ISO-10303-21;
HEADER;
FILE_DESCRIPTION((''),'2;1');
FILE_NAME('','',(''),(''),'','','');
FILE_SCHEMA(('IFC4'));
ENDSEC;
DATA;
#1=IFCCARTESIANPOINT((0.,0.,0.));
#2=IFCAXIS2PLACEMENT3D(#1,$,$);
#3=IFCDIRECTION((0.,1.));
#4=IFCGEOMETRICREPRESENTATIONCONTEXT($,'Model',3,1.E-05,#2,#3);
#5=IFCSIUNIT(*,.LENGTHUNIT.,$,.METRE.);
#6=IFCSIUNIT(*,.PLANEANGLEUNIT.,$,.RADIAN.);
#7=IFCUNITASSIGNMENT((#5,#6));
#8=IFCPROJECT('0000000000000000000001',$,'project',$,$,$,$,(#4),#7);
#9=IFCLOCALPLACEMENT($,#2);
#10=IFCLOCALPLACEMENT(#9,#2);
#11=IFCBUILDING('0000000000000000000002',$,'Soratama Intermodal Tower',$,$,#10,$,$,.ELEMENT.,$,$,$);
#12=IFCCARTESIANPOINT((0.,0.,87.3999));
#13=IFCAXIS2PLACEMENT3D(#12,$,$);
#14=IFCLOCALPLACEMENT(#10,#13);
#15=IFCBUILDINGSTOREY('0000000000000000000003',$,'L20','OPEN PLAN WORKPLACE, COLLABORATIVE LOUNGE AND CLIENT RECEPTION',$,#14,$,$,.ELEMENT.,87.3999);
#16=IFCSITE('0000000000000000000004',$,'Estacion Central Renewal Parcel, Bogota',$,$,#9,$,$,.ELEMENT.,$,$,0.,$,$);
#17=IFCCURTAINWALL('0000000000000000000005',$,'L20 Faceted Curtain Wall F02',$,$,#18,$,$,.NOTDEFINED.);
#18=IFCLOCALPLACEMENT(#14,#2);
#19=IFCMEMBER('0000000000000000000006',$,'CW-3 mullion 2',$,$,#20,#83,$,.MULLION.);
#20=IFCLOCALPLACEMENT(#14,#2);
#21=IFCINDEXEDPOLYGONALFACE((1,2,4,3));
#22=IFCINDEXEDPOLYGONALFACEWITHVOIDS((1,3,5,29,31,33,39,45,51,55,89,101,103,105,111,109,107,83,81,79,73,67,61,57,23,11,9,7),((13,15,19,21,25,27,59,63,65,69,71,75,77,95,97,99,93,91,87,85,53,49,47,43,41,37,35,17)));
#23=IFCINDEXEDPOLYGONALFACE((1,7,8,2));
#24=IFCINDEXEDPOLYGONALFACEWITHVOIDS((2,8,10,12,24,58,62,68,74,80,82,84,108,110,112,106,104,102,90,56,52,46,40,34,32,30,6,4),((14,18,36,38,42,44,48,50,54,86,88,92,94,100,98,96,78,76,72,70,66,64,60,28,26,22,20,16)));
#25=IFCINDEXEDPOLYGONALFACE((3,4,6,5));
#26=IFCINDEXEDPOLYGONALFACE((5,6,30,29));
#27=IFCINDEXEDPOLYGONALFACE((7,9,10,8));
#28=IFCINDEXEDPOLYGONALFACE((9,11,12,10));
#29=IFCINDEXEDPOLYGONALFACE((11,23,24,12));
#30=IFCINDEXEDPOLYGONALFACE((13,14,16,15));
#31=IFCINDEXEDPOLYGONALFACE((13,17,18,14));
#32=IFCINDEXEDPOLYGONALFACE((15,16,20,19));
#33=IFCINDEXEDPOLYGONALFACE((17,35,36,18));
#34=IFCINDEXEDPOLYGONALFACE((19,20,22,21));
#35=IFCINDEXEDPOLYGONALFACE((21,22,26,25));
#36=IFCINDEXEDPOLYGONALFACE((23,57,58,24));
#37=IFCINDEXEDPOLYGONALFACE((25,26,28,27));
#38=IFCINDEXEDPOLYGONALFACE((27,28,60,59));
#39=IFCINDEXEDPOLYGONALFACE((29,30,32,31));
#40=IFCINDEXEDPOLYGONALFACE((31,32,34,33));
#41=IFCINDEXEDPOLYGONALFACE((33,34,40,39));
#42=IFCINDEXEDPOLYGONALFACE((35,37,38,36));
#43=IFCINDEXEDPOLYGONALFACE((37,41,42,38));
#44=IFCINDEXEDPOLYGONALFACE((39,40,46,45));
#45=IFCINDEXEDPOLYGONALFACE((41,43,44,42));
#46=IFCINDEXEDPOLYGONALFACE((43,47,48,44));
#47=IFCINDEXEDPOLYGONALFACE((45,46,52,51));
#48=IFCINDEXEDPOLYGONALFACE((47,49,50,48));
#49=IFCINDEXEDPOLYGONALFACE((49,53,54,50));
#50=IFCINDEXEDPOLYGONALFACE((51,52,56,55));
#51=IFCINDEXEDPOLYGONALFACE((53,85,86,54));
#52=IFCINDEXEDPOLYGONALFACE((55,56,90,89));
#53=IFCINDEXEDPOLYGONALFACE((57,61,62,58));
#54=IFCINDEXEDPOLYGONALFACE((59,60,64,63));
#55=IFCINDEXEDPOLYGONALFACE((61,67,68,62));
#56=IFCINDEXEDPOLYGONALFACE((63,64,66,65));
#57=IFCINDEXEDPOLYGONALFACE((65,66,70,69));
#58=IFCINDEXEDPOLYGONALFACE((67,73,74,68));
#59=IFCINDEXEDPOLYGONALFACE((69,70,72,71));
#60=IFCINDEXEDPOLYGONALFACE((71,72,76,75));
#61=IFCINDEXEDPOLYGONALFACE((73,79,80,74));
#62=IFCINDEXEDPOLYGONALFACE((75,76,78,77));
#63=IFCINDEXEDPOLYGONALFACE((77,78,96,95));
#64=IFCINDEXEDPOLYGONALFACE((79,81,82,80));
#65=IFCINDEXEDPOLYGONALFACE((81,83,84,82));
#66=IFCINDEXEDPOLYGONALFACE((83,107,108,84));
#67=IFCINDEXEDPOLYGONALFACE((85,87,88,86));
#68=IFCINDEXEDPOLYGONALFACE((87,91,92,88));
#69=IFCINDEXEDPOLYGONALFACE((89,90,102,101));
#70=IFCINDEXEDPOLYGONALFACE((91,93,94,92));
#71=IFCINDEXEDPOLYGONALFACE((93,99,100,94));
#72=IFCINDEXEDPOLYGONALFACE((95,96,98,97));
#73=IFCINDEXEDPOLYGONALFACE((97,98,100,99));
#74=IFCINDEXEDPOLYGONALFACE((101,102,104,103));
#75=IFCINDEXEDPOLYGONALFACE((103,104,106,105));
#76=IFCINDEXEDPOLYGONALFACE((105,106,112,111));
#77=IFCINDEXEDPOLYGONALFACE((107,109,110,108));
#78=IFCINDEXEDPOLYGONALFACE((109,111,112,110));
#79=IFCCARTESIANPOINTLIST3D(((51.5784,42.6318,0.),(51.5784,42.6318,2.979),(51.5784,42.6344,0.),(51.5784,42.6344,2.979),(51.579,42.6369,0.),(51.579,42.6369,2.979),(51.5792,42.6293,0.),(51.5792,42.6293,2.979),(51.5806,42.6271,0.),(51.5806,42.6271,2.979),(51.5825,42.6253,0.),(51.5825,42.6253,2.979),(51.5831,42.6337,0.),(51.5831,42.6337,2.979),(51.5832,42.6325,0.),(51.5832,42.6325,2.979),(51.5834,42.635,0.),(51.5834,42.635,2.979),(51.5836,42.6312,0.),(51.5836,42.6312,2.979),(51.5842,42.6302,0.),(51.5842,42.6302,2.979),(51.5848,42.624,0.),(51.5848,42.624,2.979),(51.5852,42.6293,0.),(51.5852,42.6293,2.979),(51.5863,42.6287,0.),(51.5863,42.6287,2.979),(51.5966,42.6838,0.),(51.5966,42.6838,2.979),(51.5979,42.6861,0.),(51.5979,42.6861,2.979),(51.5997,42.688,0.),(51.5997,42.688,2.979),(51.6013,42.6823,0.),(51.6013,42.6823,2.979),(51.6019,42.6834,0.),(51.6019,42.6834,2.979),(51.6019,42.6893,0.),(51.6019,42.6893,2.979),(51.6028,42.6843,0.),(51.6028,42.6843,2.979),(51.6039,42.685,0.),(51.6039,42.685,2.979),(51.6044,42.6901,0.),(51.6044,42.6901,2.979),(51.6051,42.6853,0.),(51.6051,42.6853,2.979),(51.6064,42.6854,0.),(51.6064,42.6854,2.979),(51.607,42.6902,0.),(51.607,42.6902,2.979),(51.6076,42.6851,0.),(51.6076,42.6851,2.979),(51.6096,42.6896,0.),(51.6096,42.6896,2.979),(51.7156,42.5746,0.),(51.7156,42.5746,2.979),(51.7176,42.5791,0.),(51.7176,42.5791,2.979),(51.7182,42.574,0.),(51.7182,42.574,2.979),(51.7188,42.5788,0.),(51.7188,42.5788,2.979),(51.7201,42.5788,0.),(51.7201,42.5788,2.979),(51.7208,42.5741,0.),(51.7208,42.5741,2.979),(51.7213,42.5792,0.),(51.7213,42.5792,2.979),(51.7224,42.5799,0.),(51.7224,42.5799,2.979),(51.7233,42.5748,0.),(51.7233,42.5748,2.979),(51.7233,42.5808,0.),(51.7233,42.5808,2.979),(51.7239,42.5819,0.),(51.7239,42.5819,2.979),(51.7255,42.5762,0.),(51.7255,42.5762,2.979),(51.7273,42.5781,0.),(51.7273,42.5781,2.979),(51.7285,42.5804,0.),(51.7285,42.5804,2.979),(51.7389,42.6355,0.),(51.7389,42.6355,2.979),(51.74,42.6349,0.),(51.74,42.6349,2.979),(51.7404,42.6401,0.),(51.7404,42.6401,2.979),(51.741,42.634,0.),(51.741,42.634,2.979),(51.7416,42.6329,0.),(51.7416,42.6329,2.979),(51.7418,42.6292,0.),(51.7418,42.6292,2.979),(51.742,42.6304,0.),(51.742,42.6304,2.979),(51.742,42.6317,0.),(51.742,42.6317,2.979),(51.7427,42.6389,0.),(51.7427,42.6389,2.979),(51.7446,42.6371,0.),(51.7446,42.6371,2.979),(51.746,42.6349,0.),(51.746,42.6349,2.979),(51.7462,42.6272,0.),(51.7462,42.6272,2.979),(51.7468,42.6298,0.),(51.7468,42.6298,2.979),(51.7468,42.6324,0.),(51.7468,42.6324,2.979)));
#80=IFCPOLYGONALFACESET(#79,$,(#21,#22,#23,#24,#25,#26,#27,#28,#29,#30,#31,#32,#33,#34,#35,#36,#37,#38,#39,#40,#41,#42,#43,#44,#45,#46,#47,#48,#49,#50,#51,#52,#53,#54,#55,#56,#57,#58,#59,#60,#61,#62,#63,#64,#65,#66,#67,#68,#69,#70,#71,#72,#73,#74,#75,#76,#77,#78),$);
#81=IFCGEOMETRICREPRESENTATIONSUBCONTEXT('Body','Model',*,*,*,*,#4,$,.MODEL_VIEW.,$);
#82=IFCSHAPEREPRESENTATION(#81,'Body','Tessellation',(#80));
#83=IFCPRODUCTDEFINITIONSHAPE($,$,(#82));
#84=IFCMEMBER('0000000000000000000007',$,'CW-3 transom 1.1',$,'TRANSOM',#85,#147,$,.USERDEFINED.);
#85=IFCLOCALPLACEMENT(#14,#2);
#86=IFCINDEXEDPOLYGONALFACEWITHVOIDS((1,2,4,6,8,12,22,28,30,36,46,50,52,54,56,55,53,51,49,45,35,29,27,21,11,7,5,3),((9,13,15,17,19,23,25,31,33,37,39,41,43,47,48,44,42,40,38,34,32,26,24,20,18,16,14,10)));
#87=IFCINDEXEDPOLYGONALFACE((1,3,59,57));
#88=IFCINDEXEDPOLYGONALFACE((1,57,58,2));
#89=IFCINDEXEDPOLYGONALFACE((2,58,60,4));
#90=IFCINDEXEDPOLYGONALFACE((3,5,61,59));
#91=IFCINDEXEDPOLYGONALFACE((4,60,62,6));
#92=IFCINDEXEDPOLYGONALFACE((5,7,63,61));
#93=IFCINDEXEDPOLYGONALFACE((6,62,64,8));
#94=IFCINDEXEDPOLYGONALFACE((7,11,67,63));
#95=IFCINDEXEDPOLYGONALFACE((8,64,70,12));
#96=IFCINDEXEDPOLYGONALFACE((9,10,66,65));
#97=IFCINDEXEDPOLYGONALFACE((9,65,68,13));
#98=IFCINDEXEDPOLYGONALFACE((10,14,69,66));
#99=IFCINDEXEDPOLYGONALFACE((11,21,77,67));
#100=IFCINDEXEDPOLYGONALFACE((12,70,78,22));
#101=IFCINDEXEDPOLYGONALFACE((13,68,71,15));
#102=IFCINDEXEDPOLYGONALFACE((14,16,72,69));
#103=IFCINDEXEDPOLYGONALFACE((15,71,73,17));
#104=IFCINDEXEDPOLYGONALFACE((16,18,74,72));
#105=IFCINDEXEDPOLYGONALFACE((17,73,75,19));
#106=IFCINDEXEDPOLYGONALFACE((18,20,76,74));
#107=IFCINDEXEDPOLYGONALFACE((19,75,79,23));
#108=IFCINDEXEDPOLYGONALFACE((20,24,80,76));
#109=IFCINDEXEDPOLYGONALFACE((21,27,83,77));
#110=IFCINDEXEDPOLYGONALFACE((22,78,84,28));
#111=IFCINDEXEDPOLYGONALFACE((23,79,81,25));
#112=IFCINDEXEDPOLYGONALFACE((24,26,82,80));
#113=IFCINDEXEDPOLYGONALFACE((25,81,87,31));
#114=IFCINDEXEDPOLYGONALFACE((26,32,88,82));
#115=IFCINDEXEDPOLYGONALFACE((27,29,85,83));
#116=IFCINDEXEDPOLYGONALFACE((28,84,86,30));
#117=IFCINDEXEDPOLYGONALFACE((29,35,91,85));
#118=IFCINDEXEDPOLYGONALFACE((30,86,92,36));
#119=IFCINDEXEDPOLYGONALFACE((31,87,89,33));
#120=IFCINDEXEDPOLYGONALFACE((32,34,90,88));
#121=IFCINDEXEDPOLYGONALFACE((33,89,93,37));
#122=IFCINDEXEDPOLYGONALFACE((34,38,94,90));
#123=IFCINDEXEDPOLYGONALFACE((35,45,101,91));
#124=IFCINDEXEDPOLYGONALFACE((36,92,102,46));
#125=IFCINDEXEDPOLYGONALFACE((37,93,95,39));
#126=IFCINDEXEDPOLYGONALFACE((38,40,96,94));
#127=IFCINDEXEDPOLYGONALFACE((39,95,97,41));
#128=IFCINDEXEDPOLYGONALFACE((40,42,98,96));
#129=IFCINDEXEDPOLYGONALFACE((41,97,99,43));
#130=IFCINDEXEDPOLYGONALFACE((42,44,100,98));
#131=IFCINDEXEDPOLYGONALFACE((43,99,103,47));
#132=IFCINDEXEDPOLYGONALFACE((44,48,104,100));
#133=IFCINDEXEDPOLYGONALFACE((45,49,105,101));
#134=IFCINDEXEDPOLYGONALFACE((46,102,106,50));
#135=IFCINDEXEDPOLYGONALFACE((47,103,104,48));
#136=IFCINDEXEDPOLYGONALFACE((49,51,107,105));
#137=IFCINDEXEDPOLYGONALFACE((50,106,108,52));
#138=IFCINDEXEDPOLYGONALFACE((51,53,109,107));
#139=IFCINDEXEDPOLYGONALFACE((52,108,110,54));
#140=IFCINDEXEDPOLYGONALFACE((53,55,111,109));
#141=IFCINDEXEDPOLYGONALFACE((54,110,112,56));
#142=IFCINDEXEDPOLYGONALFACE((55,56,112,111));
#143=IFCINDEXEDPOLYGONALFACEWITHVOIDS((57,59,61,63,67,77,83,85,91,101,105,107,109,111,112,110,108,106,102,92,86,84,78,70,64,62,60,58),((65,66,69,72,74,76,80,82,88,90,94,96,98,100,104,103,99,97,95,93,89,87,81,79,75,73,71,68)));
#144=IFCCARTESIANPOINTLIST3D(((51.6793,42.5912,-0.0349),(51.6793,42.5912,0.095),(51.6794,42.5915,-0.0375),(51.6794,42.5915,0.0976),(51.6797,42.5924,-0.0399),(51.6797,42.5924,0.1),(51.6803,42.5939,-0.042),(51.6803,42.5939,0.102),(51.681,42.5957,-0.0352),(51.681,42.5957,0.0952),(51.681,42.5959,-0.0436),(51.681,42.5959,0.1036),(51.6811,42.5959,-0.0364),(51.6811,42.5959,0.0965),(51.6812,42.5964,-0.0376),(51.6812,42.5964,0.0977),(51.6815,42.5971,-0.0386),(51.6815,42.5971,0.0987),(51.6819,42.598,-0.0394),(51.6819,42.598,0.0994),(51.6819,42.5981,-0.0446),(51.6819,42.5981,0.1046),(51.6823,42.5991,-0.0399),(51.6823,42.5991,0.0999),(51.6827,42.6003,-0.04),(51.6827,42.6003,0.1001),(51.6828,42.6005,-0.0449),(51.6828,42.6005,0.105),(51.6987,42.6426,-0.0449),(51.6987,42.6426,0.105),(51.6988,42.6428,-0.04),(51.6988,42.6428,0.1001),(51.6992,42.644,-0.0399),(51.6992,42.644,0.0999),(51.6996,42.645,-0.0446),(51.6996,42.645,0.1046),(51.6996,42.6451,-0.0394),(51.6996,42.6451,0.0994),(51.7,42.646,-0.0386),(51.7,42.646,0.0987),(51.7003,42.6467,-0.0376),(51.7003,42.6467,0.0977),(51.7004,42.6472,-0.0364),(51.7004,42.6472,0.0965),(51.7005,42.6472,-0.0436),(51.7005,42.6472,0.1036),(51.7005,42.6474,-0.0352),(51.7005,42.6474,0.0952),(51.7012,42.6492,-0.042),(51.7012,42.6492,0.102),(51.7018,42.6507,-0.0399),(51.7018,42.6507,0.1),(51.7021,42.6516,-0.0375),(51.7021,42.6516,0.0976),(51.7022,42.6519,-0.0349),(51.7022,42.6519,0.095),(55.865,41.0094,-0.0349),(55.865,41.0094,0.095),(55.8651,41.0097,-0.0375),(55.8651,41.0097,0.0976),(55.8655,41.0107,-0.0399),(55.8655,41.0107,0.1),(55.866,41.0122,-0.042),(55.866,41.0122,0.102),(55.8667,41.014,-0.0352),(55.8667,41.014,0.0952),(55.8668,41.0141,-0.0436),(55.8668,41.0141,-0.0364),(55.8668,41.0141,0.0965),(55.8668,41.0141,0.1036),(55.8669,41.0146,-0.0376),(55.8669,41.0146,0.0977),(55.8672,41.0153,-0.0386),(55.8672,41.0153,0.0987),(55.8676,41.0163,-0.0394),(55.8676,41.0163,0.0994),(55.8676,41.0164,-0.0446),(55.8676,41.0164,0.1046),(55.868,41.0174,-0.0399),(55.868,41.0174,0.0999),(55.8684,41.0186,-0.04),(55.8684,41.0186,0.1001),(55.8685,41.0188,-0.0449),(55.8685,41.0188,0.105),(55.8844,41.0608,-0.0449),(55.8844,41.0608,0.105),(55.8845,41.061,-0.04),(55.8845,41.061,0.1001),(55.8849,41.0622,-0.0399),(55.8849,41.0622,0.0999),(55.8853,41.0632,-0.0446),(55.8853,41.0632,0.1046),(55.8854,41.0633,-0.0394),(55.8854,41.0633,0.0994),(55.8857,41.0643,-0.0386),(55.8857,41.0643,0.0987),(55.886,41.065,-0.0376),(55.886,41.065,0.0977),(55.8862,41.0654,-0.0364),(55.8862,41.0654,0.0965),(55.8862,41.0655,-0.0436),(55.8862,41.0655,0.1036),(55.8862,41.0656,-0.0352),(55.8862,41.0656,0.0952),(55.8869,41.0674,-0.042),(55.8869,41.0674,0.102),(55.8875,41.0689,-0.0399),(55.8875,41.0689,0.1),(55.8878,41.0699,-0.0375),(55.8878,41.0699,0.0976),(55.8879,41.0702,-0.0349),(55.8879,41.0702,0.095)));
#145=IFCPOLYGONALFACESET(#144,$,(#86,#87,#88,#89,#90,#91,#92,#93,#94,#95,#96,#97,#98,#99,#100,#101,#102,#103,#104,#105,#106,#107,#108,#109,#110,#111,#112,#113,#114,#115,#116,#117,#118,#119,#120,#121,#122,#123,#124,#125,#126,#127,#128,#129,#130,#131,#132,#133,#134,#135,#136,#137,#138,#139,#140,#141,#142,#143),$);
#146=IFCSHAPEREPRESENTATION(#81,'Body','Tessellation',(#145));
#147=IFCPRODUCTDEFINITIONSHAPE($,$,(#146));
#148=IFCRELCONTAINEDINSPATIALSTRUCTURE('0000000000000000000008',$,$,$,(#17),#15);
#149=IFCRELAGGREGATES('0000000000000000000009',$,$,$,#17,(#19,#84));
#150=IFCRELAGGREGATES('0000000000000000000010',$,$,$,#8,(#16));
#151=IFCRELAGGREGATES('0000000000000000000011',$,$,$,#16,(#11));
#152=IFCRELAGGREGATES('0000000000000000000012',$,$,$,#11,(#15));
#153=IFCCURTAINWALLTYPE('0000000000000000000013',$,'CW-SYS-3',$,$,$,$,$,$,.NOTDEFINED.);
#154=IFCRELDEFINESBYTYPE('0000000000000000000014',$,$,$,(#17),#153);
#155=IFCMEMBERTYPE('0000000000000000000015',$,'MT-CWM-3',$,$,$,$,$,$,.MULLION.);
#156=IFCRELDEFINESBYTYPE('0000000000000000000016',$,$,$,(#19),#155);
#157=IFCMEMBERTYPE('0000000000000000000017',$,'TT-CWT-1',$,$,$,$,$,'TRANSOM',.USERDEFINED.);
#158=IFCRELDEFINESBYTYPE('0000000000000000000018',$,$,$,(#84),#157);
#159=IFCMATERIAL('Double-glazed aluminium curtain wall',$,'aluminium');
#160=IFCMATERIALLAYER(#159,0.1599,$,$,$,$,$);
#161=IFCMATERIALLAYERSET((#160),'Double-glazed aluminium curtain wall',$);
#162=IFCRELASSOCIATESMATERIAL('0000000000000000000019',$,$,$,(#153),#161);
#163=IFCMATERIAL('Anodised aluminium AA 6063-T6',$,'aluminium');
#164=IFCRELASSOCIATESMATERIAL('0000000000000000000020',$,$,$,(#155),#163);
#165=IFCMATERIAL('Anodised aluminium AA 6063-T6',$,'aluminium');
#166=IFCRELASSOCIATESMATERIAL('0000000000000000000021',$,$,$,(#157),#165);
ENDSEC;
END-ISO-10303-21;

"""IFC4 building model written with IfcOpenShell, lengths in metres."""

from ifc_helpers import new_model, si_unit, direction, frame, origin, origin_2d, place, context, subcontext, project, spatial, hollow_rectangle, extrude, material, layer, layer_set, material_profile, profile_set, type_object, element, aggregate, save


model = new_model("IFC4")

# Units and contexts
model_context = context("Model", 3, precision=1e-05, world=origin(), true_north=direction((0.0, 1.0)))
body_context = subcontext(model_context, "Body", "Model", "MODEL_VIEW")
ifc_project = project(units=[si_unit("LENGTHUNIT", "METRE"), si_unit("PLANEANGLEUNIT", "RADIAN")], contexts=[model_context])

# Site, building, storey
site_placement = place(None, origin())
site = spatial("IfcSite", under=ifc_project, at=site_placement, Name="Estacion Central Renewal Parcel, Bogota", CompositionType="ELEMENT", RefElevation=0.0)
building_placement = place(site_placement, origin())
building = spatial("IfcBuilding", under=site, at=building_placement, Name="Soratama Intermodal Tower", CompositionType="ELEMENT")
storey_placement = place(building_placement, frame((0.0, 0.0, 87.3999)))
storey = spatial("IfcBuildingStorey", under=building, at=storey_placement, Name="L20", Description="OPEN PLAN WORKPLACE, COLLABORATIVE LOUNGE AND CLIENT RECEPTION", CompositionType="ELEMENT", Elevation=87.3999)

# Shared definitions
ifc_material_1 = material(Name="Double-glazed aluminium curtain wall", Category="aluminium")
ifc_layer_1 = layer(ifc_material_1, 0.1599)
ifc_layer_set_1 = layer_set([ifc_layer_1], Name="Double-glazed aluminium curtain wall")
curtain_wall_type = type_object("IfcCurtainWallType", Name="CW-SYS-3", PredefinedType="NOTDEFINED", material=ifc_layer_set_1)
ifc_material_2 = material(Name="Anodised aluminium AA 6063-T6", Category="aluminium")
ifc_material_profile_1 = material_profile(ifc_material_2, hollow_rectangle(XDim=0.0701, YDim=0.1599, WallThickness=0.0049, InnerFilletRadius=0.0049, OuterFilletRadius=0.01, at=origin_2d()), Name="CWM160X70X5")
ifc_profile_set_1 = profile_set([ifc_material_profile_1], Name="Anodised aluminium AA 6063-T6")
member_type_1 = type_object("IfcMemberType", Name="MT-CWM-3", PredefinedType="MULLION", material=ifc_profile_set_1)

# Curtain wall, members
curtain_wall_1_placement = place(storey_placement, origin())
curtain_wall_1 = element("IfcCurtainWall", 1, at=curtain_wall_1_placement, inside=storey, type_object=curtain_wall_type, Name="L20 Faceted Curtain Wall F02", PredefinedType="NOTDEFINED")
member_1_placement = place(storey_placement, frame((51.6626, 42.6321, 0.0), z_axis=(0.0, 0.0, 1.0), x_axis=(-0.353468, -0.935447, 0.0)))
member_1 = element("IfcMember", 2, at=member_1_placement, type_object=member_type_1, Name="CW-3 mullion 2", PredefinedType="MULLION", context=body_context, shape_type="SweptSolid", body=[
    extrude(hollow_rectangle(XDim=0.0701, YDim=0.1599, WallThickness=0.0049, InnerFilletRadius=0.0049, OuterFilletRadius=0.01, at=origin_2d()), origin(), (0.0, 0.0, 1.0), 2.979),
])
ifc_material_3 = material(Name="Anodised aluminium AA 6063-T6", Category="aluminium")
ifc_material_profile_2 = material_profile(ifc_material_3, hollow_rectangle(XDim=0.0649, YDim=0.1499, WallThickness=0.0049, InnerFilletRadius=0.0049, OuterFilletRadius=0.01, at=origin_2d()), Name="CWT150X65X5")
ifc_profile_set_2 = profile_set([ifc_material_profile_2], Name="Anodised aluminium AA 6063-T6")
member_type_2 = type_object("IfcMemberType", Name="TT-CWT-1", ElementType="TRANSOM", PredefinedType="USERDEFINED", material=ifc_profile_set_2)
member_2_placement = place(storey_placement, frame((55.8765, 41.0398, 0.03), z_axis=(-0.935436, 0.353496, 0.0), x_axis=(-0.353496, -0.935436, 0.0)))
member_2 = element("IfcMember", 3, at=member_2_placement, type_object=member_type_2, Name="CW-3 transom 1.1", ObjectType="TRANSOM", PredefinedType="USERDEFINED", context=body_context, shape_type="SweptSolid", body=[
    extrude(hollow_rectangle(XDim=0.0649, YDim=0.1499, WallThickness=0.0049, InnerFilletRadius=0.0049, OuterFilletRadius=0.01, at=origin_2d()), origin(), (0.0, 0.0, 1.0), 4.4746),
])

aggregate(curtain_wall_1, [member_1, member_2])

save(model, "model.ifc")
